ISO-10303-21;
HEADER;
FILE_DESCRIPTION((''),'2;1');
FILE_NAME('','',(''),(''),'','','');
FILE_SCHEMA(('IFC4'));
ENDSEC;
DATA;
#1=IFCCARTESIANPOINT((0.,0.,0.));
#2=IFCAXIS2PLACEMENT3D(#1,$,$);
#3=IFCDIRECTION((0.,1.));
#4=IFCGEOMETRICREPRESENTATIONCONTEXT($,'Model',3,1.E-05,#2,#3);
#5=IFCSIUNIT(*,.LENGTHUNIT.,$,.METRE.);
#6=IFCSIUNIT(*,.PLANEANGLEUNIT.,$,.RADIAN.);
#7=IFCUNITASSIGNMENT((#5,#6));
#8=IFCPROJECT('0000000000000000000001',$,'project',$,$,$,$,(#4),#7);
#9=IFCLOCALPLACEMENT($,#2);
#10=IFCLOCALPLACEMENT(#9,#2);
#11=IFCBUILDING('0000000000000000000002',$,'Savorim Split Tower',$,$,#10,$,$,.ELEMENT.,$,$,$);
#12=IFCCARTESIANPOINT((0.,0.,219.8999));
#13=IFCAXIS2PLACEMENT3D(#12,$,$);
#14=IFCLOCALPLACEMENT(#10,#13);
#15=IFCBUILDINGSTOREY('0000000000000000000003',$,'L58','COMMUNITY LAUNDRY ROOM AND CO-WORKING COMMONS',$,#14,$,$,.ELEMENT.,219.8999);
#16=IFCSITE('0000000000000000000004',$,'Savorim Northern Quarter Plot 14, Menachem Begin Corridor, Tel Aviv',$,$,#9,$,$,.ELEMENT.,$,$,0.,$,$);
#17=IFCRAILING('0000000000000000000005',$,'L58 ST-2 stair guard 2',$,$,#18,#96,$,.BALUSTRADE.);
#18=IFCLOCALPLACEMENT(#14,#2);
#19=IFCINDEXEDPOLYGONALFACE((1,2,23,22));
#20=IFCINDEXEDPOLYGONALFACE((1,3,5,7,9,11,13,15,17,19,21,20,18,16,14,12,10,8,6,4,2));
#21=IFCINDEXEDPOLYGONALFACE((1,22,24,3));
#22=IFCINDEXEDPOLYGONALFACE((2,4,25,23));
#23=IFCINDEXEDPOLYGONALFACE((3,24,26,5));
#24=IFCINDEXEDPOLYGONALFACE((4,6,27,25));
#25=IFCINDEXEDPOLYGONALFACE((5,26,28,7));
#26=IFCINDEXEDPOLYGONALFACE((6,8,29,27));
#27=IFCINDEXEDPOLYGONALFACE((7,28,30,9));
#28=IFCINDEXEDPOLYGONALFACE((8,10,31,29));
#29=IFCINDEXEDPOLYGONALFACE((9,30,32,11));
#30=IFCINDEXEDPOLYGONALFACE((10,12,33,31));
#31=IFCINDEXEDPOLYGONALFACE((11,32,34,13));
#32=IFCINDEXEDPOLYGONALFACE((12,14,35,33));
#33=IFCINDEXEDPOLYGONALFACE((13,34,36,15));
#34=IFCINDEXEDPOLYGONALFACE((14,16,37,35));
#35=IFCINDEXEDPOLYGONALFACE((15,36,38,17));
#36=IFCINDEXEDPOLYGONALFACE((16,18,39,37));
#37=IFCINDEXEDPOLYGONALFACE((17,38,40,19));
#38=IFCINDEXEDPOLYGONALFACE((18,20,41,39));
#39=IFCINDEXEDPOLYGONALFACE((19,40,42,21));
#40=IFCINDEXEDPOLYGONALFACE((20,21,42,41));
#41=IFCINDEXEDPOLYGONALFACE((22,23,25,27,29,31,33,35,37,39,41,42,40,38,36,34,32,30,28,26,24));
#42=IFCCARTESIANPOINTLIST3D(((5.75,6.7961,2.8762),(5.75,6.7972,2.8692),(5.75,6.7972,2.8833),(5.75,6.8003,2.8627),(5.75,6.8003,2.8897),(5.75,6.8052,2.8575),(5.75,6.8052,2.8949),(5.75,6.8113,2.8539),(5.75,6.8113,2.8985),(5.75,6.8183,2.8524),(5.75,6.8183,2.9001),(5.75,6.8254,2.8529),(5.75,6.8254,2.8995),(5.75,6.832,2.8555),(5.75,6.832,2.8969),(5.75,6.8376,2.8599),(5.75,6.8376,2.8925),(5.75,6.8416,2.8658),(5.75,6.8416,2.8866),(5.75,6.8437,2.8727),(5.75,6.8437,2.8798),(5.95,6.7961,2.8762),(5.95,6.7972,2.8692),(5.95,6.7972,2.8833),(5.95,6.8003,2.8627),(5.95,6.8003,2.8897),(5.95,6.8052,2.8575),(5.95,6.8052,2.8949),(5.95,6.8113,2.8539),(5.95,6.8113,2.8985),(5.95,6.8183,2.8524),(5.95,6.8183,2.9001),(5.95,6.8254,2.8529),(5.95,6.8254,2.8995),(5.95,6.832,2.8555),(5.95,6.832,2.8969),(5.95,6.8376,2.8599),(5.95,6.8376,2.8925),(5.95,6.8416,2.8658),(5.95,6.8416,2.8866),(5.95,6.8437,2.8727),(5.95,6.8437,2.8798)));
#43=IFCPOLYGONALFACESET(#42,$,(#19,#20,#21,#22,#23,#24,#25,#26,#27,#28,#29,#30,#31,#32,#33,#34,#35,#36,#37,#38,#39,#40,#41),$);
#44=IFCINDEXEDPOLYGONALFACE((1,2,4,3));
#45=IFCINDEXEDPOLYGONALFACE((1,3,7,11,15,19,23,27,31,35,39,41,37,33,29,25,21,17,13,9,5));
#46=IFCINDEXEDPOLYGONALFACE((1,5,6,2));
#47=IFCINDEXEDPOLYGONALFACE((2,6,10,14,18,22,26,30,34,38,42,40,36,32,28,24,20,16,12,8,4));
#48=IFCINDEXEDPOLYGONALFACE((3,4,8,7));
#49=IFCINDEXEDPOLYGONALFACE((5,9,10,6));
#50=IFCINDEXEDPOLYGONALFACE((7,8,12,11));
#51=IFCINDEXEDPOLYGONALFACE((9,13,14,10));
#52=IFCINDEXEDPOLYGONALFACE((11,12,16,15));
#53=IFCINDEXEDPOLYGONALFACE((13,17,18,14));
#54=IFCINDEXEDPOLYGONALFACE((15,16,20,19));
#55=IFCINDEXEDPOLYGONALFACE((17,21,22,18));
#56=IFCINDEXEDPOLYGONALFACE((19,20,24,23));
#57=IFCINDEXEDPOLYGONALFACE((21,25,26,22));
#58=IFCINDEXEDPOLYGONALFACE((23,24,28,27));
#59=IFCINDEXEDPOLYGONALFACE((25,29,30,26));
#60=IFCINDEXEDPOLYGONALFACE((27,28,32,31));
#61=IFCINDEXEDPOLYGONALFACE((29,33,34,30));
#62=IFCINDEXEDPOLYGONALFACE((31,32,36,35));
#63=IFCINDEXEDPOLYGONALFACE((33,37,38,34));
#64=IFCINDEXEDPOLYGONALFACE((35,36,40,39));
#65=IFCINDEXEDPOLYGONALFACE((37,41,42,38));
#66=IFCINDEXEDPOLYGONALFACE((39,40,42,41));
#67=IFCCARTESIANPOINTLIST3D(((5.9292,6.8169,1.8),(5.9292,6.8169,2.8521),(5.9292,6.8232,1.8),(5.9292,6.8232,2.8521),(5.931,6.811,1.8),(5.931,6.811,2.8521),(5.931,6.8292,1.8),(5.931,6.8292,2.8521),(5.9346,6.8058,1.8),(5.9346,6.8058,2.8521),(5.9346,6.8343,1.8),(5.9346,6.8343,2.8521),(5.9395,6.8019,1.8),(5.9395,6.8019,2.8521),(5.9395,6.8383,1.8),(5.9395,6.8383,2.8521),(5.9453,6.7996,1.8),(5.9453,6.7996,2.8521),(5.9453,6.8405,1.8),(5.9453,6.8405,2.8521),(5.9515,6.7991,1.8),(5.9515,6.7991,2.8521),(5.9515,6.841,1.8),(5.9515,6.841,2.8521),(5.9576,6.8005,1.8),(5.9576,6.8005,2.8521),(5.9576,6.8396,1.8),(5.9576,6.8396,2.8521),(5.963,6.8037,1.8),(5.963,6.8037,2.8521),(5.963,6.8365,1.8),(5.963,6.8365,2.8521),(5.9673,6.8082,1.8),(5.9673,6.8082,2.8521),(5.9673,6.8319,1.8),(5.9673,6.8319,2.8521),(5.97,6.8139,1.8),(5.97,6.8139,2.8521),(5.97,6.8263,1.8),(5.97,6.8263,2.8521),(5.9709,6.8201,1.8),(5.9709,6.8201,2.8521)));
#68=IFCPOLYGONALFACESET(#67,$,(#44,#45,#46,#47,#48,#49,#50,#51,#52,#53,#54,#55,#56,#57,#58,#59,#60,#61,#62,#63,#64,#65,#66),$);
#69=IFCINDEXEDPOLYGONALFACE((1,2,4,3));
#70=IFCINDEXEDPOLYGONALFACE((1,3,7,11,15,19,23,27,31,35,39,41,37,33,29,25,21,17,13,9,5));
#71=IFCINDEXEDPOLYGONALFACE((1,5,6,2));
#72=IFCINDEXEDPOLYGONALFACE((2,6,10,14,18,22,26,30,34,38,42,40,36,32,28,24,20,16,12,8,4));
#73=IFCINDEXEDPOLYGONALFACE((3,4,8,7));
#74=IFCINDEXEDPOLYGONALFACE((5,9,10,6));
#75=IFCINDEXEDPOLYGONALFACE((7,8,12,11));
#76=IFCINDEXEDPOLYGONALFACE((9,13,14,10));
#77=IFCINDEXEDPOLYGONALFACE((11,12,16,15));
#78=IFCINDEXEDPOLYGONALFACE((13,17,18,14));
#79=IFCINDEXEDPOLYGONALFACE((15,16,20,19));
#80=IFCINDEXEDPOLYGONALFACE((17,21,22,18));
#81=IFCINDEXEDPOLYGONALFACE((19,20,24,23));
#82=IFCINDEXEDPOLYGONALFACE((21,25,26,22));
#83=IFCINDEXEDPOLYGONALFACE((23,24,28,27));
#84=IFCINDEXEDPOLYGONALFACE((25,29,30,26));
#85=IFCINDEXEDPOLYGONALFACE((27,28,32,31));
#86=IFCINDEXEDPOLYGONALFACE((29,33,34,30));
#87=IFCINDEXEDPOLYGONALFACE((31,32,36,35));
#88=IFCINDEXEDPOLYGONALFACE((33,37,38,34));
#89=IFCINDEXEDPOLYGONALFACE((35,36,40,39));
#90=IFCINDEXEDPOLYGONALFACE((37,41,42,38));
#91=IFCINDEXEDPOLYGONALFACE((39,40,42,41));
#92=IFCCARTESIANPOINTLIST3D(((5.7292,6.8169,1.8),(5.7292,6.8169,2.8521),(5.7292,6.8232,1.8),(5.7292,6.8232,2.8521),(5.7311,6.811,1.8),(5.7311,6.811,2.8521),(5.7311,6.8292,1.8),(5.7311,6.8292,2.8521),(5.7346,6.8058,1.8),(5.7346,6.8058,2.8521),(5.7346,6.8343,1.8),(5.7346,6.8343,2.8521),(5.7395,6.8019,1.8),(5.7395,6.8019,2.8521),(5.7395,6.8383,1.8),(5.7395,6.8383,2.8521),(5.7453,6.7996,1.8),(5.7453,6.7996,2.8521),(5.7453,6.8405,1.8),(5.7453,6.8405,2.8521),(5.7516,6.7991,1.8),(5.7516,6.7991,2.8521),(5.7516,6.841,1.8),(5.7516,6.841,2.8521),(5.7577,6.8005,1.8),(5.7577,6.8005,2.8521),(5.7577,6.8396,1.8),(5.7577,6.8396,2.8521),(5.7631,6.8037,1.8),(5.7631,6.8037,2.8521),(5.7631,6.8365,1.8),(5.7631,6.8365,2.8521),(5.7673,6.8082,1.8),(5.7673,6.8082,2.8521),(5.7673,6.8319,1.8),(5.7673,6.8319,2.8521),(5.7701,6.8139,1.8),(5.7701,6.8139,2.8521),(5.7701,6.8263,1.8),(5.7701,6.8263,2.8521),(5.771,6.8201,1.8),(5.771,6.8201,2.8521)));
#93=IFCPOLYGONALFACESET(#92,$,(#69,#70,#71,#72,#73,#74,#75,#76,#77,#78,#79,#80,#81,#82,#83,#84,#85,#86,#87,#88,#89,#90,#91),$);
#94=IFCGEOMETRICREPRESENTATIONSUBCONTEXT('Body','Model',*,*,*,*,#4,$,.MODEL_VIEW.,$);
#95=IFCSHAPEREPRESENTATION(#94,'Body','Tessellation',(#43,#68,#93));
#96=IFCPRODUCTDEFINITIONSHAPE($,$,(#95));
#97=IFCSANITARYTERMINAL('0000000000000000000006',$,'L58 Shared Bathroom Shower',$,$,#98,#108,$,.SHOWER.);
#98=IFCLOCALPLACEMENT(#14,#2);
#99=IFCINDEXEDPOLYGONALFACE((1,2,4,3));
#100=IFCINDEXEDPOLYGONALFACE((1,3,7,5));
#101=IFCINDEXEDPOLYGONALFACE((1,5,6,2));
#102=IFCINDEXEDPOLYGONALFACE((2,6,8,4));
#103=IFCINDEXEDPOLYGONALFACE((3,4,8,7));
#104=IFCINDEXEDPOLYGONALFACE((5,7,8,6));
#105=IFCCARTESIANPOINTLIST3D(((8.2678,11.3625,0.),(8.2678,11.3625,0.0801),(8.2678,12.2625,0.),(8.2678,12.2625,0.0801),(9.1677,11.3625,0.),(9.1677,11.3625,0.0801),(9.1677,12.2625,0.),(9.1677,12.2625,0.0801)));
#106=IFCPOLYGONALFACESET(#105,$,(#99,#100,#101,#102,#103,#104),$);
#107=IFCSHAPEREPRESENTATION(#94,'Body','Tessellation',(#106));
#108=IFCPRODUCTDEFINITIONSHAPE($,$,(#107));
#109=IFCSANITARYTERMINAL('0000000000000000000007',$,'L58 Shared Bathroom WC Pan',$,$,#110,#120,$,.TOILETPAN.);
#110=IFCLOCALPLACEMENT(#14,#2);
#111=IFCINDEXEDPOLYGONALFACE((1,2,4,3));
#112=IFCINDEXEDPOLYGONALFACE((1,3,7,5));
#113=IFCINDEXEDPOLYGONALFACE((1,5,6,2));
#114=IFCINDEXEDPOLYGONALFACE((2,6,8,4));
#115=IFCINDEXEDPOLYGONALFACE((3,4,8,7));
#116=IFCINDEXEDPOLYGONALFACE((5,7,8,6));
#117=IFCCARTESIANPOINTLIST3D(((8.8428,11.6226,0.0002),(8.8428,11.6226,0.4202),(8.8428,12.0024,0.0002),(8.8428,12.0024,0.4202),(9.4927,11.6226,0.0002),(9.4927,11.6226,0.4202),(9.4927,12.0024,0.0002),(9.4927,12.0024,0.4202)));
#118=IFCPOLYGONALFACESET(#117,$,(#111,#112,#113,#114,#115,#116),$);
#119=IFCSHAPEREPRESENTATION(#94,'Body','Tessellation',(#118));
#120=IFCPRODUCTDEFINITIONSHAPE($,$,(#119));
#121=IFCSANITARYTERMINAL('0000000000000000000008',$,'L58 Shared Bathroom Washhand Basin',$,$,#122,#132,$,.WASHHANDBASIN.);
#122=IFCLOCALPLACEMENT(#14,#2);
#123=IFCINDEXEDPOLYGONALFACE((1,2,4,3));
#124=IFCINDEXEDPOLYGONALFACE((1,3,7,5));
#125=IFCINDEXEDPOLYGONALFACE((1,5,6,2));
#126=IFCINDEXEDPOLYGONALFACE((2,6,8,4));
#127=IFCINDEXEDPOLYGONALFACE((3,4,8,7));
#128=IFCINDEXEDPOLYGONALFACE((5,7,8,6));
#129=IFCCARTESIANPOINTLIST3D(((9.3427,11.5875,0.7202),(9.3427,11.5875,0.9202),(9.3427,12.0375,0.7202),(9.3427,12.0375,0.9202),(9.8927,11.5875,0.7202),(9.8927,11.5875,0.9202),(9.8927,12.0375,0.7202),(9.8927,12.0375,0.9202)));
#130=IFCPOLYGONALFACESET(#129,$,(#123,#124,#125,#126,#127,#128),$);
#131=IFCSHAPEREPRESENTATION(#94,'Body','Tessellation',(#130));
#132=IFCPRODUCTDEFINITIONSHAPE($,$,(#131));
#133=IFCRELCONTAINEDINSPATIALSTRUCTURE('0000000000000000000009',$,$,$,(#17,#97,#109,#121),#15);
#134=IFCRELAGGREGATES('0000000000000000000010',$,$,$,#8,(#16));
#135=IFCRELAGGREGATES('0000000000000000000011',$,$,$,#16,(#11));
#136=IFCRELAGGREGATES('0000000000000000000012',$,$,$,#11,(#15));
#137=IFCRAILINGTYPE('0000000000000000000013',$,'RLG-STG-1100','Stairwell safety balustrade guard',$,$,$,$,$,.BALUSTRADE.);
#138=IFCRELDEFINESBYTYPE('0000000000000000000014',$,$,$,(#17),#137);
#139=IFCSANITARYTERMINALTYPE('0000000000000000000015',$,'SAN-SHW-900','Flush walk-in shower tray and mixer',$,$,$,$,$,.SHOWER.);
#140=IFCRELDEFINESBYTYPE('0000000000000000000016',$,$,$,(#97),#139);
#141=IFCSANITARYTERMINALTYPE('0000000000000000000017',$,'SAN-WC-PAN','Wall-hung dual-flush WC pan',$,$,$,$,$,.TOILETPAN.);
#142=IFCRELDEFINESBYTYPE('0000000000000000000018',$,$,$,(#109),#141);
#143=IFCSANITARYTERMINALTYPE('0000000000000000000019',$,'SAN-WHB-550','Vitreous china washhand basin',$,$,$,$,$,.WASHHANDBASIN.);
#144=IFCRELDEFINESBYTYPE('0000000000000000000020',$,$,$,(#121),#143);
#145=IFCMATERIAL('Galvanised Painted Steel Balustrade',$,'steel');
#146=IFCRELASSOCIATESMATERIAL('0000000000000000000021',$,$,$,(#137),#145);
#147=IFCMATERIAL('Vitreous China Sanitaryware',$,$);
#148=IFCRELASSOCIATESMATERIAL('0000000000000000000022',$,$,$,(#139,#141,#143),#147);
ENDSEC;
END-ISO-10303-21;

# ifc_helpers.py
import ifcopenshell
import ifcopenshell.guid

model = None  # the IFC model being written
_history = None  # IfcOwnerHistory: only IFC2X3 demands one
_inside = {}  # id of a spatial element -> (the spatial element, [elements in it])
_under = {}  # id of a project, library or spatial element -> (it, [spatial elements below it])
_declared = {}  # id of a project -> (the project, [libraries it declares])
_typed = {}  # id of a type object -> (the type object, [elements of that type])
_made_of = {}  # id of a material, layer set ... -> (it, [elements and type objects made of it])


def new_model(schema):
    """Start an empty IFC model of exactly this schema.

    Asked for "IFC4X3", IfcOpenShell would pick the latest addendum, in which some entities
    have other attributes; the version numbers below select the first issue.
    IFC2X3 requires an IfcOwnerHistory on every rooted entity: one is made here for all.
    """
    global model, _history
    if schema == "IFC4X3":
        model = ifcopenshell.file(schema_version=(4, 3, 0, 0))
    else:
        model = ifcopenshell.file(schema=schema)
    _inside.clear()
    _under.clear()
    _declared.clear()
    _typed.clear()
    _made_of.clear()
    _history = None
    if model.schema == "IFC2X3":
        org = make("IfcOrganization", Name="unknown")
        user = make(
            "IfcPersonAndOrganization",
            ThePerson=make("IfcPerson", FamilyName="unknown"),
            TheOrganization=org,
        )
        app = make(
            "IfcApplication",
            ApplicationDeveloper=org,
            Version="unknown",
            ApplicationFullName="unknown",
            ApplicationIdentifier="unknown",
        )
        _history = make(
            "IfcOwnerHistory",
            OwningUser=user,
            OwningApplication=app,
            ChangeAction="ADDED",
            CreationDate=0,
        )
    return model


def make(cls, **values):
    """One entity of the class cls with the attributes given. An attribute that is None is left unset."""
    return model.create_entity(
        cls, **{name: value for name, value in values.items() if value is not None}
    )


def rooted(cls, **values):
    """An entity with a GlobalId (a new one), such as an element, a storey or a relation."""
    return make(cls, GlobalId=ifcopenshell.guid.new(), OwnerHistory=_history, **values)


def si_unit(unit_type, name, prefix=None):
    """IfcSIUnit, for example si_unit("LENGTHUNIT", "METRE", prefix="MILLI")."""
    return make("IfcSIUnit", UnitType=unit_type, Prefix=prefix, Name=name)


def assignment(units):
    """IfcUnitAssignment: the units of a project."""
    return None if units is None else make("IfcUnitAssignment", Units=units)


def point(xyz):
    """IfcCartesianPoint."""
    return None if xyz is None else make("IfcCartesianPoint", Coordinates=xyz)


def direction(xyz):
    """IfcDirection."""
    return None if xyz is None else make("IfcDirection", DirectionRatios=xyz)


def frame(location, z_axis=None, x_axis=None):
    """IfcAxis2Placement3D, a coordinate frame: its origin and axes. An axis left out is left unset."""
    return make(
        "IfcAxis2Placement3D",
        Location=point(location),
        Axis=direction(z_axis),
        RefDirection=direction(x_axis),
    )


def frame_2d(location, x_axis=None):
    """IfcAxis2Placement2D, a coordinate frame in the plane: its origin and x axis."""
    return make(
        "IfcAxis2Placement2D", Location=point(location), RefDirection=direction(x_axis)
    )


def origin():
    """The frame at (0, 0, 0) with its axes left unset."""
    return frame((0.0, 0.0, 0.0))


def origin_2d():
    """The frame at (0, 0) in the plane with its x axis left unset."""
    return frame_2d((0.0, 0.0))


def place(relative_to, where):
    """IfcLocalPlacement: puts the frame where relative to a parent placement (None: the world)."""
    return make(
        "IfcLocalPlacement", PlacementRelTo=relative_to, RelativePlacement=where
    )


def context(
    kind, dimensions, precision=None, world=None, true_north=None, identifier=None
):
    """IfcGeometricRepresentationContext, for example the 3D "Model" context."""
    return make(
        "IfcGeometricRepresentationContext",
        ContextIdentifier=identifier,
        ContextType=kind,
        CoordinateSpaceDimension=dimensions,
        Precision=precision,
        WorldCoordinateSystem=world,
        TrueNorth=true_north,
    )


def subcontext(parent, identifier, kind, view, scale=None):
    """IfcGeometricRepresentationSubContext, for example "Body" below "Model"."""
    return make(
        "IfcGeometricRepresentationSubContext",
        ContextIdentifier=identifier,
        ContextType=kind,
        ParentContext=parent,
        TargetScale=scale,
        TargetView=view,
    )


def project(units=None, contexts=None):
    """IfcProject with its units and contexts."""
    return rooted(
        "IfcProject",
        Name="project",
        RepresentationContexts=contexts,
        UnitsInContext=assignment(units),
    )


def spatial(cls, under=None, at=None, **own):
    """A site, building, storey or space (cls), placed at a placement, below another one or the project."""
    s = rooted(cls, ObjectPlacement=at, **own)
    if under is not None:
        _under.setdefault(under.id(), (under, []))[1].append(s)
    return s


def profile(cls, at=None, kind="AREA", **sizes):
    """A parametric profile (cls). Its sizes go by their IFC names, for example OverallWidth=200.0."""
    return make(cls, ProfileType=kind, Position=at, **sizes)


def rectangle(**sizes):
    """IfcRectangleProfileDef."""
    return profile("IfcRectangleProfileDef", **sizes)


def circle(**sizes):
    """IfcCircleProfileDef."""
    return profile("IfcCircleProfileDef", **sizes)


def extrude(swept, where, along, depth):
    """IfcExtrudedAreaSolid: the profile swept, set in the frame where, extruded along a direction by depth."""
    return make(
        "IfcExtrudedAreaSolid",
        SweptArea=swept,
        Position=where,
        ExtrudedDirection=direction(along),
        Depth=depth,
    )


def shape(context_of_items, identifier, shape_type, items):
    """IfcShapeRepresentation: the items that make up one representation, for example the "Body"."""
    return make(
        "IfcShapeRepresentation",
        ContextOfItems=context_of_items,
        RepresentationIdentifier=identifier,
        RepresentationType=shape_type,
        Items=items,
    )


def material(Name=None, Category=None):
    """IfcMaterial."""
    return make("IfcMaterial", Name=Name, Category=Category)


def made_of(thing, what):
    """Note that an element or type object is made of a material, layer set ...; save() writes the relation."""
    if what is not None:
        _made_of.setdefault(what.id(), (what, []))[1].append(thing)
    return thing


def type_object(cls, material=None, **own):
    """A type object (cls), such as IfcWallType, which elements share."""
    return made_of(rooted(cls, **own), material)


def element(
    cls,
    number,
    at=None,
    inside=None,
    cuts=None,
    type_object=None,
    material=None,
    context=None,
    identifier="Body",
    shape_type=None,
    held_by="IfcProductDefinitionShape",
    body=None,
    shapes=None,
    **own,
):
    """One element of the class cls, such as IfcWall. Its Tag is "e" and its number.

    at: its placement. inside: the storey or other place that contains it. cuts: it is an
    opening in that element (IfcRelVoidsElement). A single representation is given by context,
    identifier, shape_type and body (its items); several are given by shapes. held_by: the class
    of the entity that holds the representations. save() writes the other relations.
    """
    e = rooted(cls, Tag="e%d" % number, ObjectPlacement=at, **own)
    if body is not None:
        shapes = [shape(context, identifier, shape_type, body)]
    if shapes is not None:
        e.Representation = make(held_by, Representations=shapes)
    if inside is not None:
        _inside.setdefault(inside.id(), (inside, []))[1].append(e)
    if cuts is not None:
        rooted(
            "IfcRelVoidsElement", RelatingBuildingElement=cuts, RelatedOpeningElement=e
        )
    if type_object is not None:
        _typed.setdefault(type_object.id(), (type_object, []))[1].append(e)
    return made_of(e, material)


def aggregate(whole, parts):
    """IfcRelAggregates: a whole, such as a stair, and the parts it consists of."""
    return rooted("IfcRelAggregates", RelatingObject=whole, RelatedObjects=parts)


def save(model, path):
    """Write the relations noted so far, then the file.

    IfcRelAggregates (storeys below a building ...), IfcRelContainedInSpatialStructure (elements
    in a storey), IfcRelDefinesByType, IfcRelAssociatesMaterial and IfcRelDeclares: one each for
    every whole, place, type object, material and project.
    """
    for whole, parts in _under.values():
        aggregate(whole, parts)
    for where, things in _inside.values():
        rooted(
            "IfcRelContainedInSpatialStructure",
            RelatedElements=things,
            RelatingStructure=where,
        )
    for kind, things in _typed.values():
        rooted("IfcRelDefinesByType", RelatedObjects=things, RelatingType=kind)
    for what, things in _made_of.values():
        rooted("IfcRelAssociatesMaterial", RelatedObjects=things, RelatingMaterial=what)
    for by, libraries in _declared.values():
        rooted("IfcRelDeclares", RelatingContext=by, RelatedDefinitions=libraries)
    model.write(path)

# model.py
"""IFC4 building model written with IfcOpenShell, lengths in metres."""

from ifc_helpers import new_model, si_unit, direction, frame, origin, origin_2d, place, context, subcontext, project, spatial, rectangle, circle, extrude, material, type_object, element, save


model = new_model("IFC4")

# Units and contexts
model_context = context("Model", 3, precision=1e-05, world=origin(), true_north=direction((0.0, 1.0)))
body_context = subcontext(model_context, "Body", "Model", "MODEL_VIEW")
ifc_project = project(units=[si_unit("LENGTHUNIT", "METRE"), si_unit("PLANEANGLEUNIT", "RADIAN")], contexts=[model_context])

# Site, building, storey
site_placement = place(None, origin())
site = spatial("IfcSite", under=ifc_project, at=site_placement, Name="Savorim Northern Quarter Plot 14, Menachem Begin Corridor, Tel Aviv", CompositionType="ELEMENT", RefElevation=0.0)
building_placement = place(site_placement, origin())
building = spatial("IfcBuilding", under=site, at=building_placement, Name="Savorim Split Tower", CompositionType="ELEMENT")
storey_placement = place(building_placement, frame((0.0, 0.0, 219.8999)))
storey = spatial("IfcBuildingStorey", under=building, at=storey_placement, Name="L58", Description="COMMUNITY LAUNDRY ROOM AND CO-WORKING COMMONS", CompositionType="ELEMENT", Elevation=219.8999)

# Railing
ifc_material_1 = material(Name="Galvanised Painted Steel Balustrade", Category="steel")
railing_type = type_object("IfcRailingType", Name="RLG-STG-1100", Description="Stairwell safety balustrade guard", PredefinedType="BALUSTRADE", material=ifc_material_1)
railing_placement = place(storey_placement, frame((5.95, 6.8201, 1.8)))
element("IfcRailing", 1, at=railing_placement, inside=storey, type_object=railing_type, Name="L58 ST-2 stair guard 2", PredefinedType="BALUSTRADE", context=body_context, shape_type="SweptSolid", body=[
    extrude(circle(Radius=0.0239, at=origin_2d()), frame((0.0, 0.0, 1.0762), z_axis=(-1.0, 0.0, 0.0), x_axis=(0.0, -1.0, 0.0)), (0.0, 0.0, 1.0), 0.2),
    extrude(circle(Radius=0.021, at=origin_2d()), origin(), (0.0, 0.0, 1.0), 1.052),
    extrude(circle(Radius=0.021, at=origin_2d()), frame((-0.2, 0.0, 0.0)), (0.0, 0.0, 1.0), 1.052),
])

# Sanitary terminals
ifc_material_2 = material(Name="Vitreous China Sanitaryware")
sanitary_terminal_type_1 = type_object("IfcSanitaryTerminalType", Name="SAN-SHW-900", Description="Flush walk-in shower tray and mixer", PredefinedType="SHOWER", material=ifc_material_2)
sanitary_terminal_1_placement = place(storey_placement, frame((8.7178, 11.8125, 0.0), z_axis=(0.0, 0.0, 1.0), x_axis=(1.0, 0.0, 0.0)))
element("IfcSanitaryTerminal", 2, at=sanitary_terminal_1_placement, inside=storey, type_object=sanitary_terminal_type_1, Name="L58 Shared Bathroom Shower", PredefinedType="SHOWER", context=body_context, shape_type="SweptSolid", body=[
    extrude(rectangle(XDim=0.8999, YDim=0.8999, at=origin_2d()), origin(), (0.0, 0.0, 1.0), 0.0801),
])
sanitary_terminal_type_2 = type_object("IfcSanitaryTerminalType", Name="SAN-WC-PAN", Description="Wall-hung dual-flush WC pan", PredefinedType="TOILETPAN", material=ifc_material_2)
sanitary_terminal_2_placement = place(storey_placement, frame((9.1677, 11.8125, 0.0002), z_axis=(0.0, 0.0, 1.0), x_axis=(1.0, 0.0, 0.0)))
element("IfcSanitaryTerminal", 3, at=sanitary_terminal_2_placement, inside=storey, type_object=sanitary_terminal_type_2, Name="L58 Shared Bathroom WC Pan", PredefinedType="TOILETPAN", context=body_context, shape_type="SweptSolid", body=[
    extrude(rectangle(XDim=0.6499, YDim=0.3799, at=origin_2d()), origin(), (0.0, 0.0, 1.0), 0.4199),
])
sanitary_terminal_type_3 = type_object("IfcSanitaryTerminalType", Name="SAN-WHB-550", Description="Vitreous china washhand basin", PredefinedType="WASHHANDBASIN", material=ifc_material_2)
sanitary_terminal_3_placement = place(storey_placement, frame((9.6177, 11.8125, 0.7202), z_axis=(0.0, 0.0, 1.0), x_axis=(1.0, 0.0, 0.0)))
element("IfcSanitaryTerminal", 4, at=sanitary_terminal_3_placement, inside=storey, type_object=sanitary_terminal_type_3, Name="L58 Shared Bathroom Washhand Basin", PredefinedType="WASHHANDBASIN", context=body_context, shape_type="SweptSolid", body=[
    extrude(rectangle(XDim=0.55, YDim=0.45, at=origin_2d()), origin(), (0.0, 0.0, 1.0), 0.2),
])

save(model, "model.ifc")
